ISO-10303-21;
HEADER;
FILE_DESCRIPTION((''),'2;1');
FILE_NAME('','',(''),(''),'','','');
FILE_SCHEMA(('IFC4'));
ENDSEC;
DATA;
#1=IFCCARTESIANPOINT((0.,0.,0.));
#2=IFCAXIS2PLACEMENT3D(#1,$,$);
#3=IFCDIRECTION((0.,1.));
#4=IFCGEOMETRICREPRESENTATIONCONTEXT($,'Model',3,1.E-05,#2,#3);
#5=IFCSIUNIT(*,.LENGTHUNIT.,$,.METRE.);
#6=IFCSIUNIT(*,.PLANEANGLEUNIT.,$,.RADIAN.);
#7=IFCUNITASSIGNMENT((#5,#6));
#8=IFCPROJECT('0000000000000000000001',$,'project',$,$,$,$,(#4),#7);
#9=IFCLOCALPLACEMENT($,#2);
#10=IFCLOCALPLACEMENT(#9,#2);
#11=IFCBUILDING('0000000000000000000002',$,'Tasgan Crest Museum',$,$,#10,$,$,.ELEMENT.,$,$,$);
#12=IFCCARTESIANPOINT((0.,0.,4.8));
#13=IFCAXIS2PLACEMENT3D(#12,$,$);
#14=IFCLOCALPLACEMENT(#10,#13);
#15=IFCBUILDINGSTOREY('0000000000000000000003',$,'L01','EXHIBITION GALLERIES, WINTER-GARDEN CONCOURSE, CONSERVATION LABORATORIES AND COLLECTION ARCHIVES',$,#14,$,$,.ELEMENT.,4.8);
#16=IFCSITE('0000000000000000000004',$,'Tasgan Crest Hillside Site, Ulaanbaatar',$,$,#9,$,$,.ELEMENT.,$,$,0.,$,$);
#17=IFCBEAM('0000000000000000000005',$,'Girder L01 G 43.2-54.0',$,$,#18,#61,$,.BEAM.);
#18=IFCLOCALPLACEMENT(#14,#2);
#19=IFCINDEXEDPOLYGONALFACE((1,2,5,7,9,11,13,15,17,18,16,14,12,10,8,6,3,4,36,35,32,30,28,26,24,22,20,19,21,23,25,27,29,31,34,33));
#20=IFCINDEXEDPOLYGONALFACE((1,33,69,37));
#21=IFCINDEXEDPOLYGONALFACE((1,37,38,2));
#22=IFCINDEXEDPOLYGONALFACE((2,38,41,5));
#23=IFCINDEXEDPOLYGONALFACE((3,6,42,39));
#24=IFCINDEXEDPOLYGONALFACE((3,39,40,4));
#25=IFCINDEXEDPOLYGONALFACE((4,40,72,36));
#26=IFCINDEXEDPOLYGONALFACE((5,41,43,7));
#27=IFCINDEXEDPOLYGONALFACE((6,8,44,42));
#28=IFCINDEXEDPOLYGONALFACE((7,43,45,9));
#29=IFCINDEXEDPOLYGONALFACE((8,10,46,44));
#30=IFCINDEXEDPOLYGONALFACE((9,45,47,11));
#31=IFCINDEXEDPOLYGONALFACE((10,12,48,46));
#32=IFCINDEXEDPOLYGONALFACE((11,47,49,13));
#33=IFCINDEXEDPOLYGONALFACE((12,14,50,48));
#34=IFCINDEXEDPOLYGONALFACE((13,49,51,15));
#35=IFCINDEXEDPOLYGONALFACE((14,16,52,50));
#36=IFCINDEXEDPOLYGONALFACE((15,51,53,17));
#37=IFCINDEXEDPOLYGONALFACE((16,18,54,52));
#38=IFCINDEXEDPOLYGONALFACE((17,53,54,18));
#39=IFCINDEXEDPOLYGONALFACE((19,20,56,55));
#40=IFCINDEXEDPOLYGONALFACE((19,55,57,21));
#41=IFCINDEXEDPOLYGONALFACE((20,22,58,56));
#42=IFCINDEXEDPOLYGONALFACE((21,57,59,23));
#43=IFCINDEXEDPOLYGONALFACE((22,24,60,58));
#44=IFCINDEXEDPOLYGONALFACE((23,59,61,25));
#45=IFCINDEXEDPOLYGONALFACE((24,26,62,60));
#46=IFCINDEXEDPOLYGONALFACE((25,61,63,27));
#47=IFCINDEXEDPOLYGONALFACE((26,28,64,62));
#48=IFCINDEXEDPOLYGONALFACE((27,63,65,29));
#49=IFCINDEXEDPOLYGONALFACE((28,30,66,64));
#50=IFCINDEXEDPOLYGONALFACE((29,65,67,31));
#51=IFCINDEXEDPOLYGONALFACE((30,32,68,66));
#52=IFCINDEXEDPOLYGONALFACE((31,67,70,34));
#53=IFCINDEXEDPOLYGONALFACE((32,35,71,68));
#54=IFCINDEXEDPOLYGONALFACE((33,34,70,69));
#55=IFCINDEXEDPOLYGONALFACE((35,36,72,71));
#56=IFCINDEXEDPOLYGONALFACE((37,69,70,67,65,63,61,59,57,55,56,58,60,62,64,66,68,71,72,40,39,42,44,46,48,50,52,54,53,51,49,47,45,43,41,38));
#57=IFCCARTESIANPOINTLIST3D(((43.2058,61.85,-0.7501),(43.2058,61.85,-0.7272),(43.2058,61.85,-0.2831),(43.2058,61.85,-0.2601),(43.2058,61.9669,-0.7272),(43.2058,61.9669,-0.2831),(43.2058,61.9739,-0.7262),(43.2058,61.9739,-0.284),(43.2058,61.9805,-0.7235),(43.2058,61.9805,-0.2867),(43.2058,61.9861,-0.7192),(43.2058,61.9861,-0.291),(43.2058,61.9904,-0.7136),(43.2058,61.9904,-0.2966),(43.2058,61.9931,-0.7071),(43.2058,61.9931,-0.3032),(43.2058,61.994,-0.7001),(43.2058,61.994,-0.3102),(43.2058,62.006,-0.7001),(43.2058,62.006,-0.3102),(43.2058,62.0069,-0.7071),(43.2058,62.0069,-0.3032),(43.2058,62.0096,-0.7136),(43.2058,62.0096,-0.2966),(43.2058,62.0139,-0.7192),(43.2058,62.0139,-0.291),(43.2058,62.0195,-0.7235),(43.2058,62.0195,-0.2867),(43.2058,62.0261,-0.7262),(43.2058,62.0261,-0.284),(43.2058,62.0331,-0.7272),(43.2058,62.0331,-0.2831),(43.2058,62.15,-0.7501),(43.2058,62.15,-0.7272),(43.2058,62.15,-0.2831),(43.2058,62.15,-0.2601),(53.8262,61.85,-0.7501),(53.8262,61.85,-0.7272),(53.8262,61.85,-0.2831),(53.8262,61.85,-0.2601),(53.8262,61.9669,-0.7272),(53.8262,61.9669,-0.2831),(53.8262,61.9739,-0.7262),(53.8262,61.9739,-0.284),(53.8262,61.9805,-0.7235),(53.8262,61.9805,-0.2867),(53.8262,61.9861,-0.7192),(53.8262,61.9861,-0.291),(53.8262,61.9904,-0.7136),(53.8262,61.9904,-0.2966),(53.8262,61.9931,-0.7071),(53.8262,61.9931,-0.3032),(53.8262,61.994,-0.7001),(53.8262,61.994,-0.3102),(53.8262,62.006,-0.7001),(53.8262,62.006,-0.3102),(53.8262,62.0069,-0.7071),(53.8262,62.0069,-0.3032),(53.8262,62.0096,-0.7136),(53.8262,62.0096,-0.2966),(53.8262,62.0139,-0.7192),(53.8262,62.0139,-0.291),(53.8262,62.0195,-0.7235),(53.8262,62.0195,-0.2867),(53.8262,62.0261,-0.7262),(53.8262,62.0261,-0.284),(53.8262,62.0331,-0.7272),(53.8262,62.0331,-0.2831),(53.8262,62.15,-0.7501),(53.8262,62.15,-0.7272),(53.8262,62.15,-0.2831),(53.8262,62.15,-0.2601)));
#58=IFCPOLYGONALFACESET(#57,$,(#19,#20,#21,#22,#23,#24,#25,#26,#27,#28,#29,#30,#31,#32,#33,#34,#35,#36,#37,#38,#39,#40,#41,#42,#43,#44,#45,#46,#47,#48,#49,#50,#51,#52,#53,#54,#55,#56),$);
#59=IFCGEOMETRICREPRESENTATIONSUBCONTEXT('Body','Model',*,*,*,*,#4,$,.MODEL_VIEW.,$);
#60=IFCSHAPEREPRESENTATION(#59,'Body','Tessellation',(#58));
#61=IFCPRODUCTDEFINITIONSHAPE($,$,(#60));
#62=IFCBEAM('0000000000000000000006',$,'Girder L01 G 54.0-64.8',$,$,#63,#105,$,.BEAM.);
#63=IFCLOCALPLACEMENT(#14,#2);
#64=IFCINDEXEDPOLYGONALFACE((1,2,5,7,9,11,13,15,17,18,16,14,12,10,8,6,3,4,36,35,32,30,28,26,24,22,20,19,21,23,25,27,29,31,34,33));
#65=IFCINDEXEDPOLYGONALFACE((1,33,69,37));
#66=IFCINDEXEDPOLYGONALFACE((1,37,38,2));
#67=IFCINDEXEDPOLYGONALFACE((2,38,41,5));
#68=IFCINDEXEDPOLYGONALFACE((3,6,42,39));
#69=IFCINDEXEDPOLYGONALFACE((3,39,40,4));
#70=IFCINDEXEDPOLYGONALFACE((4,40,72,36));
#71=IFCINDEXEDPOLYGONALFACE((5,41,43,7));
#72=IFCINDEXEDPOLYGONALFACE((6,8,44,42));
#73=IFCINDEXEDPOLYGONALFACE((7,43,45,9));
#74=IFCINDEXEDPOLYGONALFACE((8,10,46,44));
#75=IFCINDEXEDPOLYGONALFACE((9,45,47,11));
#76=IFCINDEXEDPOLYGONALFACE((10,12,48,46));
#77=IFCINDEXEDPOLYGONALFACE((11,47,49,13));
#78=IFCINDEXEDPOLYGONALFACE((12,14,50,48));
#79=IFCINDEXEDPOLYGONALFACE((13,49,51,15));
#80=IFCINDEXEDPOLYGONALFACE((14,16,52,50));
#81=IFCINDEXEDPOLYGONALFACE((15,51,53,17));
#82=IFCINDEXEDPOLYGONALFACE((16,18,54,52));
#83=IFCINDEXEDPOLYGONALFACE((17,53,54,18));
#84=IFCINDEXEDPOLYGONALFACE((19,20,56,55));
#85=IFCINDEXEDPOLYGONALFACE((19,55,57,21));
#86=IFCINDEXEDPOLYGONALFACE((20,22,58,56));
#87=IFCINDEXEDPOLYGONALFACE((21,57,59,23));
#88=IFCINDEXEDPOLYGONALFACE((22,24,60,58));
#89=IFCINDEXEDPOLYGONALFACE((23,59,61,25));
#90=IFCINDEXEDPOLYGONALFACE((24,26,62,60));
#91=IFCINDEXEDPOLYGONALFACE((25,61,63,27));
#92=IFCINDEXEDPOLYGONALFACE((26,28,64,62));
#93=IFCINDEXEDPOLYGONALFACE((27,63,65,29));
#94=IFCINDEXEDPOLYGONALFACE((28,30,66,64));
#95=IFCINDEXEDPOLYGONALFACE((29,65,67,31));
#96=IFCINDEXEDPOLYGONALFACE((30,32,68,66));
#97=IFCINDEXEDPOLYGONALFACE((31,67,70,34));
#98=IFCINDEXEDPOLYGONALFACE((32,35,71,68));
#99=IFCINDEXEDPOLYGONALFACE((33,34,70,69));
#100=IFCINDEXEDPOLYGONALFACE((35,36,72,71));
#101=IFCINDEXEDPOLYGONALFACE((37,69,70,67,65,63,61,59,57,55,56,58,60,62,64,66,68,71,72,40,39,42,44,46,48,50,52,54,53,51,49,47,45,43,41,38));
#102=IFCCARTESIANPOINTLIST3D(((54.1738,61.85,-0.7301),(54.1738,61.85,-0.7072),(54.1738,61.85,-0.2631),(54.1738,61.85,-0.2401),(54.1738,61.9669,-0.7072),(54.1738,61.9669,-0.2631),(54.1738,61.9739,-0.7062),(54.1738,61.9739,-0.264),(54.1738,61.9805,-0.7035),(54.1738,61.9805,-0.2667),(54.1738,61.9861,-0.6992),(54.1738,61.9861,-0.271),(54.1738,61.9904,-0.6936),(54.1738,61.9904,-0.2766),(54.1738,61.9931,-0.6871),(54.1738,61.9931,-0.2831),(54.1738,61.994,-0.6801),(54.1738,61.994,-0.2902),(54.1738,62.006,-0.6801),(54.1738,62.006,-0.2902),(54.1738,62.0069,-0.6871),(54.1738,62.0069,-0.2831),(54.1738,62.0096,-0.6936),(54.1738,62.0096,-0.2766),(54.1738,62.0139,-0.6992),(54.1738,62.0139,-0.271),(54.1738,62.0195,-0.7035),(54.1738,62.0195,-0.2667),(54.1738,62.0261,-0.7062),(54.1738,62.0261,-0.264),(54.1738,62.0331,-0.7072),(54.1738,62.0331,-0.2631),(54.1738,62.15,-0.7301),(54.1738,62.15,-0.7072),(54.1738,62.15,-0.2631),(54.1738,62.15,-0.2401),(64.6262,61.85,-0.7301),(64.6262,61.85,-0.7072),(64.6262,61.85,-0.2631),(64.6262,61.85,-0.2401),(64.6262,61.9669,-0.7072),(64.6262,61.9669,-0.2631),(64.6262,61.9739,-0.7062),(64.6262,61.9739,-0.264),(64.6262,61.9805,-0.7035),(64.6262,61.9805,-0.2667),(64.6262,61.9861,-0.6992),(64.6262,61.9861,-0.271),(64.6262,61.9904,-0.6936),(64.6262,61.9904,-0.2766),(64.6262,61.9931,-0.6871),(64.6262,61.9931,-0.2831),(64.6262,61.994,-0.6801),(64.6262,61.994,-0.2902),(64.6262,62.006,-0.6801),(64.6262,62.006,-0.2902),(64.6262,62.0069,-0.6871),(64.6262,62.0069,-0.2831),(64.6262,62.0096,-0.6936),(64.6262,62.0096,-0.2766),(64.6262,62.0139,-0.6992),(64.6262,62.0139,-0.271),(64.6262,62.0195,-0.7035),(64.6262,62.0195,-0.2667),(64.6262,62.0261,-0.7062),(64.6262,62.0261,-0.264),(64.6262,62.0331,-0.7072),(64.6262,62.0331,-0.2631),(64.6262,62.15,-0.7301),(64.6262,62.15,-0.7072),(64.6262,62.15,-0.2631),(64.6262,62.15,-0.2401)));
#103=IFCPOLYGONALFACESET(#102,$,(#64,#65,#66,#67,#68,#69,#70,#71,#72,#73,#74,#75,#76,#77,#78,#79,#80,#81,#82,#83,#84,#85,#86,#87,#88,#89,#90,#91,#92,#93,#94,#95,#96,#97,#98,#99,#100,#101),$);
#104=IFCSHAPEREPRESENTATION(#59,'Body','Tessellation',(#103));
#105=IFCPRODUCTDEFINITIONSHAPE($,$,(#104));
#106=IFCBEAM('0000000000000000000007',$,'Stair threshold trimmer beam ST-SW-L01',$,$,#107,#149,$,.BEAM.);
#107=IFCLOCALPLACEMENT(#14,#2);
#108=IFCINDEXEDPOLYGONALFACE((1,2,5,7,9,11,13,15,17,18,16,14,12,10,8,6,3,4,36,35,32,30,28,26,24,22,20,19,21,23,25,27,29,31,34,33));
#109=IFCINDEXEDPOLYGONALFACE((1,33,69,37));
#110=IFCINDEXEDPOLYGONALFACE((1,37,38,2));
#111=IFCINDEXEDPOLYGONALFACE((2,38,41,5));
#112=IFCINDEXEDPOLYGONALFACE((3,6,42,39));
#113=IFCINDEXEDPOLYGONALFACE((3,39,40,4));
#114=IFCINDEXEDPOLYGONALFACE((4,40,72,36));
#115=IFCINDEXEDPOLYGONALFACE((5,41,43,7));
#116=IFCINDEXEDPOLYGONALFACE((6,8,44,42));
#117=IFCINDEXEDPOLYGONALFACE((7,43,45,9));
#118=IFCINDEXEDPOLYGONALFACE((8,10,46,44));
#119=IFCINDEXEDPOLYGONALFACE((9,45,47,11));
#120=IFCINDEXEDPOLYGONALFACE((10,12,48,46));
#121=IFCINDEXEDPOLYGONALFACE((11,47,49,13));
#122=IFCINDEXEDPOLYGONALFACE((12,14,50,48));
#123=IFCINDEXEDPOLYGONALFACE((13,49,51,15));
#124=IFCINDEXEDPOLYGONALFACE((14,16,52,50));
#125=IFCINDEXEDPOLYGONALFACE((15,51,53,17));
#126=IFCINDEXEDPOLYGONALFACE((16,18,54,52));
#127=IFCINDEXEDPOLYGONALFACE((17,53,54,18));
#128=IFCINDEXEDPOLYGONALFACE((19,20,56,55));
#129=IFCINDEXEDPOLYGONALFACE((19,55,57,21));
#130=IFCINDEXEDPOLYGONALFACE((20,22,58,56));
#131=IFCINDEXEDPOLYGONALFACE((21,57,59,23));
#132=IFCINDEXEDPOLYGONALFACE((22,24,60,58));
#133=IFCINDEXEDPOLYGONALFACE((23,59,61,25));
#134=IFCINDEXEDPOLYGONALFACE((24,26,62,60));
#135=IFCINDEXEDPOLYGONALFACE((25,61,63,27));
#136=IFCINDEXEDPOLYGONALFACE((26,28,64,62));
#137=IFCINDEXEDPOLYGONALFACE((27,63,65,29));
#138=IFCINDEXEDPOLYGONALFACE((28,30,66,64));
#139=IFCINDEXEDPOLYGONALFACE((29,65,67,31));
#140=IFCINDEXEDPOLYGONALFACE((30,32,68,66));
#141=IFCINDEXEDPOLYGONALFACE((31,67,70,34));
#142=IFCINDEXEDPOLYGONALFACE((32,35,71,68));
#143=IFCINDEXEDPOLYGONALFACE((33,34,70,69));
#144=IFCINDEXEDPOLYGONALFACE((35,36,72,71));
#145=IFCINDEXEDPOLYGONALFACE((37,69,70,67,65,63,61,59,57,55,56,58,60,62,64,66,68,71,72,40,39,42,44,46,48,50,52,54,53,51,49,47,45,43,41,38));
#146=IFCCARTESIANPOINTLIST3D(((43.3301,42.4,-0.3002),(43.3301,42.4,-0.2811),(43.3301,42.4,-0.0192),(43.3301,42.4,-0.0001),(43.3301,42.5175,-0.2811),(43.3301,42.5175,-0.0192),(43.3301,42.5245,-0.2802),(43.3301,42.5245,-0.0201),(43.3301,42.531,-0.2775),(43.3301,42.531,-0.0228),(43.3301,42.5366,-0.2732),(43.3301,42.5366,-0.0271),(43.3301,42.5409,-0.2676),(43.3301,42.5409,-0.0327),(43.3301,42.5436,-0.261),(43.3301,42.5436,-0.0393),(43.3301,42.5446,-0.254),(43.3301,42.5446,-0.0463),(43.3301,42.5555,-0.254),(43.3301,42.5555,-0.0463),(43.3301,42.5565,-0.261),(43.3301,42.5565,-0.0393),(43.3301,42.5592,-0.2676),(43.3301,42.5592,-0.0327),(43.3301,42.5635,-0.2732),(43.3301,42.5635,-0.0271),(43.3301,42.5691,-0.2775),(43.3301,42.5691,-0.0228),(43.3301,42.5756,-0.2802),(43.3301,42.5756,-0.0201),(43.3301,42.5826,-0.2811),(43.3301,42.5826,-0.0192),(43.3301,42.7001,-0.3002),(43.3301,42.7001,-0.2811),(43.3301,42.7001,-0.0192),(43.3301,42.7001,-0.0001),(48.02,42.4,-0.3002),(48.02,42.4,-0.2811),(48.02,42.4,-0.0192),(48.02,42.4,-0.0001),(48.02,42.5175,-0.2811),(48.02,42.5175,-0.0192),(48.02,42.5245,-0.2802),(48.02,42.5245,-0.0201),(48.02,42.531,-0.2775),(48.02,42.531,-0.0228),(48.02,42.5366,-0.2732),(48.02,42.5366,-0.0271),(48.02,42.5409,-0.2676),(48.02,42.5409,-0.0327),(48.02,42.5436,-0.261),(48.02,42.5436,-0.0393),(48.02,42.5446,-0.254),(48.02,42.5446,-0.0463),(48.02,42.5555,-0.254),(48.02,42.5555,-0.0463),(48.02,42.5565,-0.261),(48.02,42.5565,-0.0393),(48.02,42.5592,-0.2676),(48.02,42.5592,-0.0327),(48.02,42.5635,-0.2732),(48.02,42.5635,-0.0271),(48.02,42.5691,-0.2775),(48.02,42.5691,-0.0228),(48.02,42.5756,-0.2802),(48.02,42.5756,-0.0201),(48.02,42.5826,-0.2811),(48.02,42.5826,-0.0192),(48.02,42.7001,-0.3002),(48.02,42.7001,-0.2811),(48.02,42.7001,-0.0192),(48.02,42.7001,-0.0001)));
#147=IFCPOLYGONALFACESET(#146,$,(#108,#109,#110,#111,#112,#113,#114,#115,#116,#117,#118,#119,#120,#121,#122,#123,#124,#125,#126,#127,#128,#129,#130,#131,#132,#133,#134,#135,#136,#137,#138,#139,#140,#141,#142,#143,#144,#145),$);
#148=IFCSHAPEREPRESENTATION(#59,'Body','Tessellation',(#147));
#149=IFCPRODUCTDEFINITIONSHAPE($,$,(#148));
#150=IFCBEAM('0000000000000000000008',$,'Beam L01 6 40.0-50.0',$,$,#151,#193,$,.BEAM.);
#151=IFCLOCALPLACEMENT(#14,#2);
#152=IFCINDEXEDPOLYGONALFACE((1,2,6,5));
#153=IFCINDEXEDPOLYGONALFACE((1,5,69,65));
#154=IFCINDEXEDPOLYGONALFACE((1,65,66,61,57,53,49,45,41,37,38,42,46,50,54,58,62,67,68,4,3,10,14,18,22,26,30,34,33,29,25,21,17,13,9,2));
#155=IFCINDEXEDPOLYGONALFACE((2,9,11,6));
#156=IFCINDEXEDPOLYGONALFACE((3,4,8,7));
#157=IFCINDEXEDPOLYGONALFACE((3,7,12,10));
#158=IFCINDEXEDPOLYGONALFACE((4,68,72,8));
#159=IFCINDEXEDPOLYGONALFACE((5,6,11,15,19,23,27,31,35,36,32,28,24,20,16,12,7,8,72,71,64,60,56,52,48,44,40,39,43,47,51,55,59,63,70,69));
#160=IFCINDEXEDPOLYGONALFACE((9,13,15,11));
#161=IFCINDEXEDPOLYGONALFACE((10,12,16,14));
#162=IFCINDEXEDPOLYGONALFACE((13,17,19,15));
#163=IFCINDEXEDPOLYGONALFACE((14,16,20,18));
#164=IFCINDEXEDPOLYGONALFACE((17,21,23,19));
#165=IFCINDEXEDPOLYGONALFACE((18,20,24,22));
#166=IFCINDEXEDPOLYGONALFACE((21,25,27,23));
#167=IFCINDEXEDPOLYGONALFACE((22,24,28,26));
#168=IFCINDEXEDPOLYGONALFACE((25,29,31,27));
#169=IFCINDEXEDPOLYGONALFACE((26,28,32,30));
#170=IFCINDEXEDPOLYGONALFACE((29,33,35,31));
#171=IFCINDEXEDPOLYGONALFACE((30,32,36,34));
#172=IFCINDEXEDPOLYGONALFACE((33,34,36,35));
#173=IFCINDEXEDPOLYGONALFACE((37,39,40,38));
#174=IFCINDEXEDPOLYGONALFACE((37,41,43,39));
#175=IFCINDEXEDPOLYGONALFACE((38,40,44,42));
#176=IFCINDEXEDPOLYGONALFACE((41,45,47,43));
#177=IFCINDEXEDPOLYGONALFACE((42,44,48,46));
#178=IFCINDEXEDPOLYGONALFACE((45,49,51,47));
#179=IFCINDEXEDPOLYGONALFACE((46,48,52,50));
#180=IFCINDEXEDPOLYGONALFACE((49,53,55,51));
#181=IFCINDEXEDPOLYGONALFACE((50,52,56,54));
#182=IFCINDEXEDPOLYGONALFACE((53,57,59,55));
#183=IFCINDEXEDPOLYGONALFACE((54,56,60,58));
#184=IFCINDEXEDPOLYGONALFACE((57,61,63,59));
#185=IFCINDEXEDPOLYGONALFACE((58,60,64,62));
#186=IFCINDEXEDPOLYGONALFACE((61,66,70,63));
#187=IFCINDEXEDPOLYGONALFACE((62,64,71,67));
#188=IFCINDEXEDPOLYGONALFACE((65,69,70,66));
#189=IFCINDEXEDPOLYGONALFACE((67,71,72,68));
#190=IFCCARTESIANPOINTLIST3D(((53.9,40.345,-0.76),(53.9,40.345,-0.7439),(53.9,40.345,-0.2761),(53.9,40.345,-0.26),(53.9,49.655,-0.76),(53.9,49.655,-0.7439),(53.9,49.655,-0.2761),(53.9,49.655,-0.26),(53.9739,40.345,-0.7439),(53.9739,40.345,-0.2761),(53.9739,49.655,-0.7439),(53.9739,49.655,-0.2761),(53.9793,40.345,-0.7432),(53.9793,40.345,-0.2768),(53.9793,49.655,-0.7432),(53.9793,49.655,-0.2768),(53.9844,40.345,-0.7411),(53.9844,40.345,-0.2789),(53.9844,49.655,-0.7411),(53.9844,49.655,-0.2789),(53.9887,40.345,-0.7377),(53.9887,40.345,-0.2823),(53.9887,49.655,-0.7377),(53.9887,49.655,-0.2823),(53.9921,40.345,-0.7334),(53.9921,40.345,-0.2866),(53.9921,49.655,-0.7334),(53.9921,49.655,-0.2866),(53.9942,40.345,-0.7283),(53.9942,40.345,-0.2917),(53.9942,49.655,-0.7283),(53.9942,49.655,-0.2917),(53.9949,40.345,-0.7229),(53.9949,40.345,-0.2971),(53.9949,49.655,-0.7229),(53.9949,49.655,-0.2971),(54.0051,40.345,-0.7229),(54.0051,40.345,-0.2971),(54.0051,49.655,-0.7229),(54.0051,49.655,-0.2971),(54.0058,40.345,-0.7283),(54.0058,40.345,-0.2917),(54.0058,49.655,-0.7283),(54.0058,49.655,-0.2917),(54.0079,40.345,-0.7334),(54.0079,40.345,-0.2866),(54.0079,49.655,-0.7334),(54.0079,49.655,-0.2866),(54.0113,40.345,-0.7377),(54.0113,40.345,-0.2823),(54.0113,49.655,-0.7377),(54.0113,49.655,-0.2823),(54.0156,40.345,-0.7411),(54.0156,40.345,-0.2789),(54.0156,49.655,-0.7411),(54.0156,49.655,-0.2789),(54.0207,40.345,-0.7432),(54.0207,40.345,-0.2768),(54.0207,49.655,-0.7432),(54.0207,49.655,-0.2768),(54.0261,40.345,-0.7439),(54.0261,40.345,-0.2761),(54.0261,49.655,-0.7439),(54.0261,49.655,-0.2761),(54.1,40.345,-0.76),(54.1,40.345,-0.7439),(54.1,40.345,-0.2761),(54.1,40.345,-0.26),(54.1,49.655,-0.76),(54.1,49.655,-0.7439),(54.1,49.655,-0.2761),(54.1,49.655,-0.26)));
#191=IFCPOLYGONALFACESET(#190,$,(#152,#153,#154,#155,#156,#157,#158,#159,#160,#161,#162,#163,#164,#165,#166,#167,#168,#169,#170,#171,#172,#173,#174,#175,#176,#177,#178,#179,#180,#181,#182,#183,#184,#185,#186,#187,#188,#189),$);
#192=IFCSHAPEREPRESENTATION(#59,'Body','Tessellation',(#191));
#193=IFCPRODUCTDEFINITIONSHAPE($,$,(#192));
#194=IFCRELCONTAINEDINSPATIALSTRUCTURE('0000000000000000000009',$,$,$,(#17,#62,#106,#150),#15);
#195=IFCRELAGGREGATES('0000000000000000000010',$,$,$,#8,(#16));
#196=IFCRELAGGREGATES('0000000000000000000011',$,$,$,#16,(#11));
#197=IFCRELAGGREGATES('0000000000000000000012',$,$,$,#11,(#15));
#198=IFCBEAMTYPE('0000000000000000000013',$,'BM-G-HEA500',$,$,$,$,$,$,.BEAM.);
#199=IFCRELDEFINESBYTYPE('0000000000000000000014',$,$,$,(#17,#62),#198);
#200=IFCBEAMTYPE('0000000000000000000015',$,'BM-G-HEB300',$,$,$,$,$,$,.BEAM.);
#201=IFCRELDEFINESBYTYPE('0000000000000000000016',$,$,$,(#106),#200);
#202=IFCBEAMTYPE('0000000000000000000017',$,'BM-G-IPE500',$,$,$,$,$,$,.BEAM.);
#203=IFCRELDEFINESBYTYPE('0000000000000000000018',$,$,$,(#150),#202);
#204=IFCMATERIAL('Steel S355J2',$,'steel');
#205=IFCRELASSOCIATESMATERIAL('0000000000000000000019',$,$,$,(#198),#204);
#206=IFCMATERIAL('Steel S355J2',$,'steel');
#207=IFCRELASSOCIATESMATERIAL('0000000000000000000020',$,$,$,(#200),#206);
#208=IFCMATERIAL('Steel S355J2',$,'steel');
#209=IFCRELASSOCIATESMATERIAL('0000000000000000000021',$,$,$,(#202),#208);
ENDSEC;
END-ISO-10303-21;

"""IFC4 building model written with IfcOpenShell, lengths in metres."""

from ifc_helpers import new_model, si_unit, direction, frame, origin, origin_2d, place, context, subcontext, project, spatial, i_section, extrude, material, material_profile, profile_set, type_object, element, save


model = new_model("IFC4")

# Units and contexts
model_context = context("Model", 3, precision=1e-05, world=origin(), true_north=direction((0.0, 1.0)))
body_context = subcontext(model_context, "Body", "Model", "MODEL_VIEW")
ifc_project = project(units=[si_unit("LENGTHUNIT", "METRE"), si_unit("PLANEANGLEUNIT", "RADIAN")], contexts=[model_context])

# Site, building, storey
site_placement = place(None, origin())
site = spatial("IfcSite", under=ifc_project, at=site_placement, Name="Tasgan Crest Hillside Site, Ulaanbaatar", CompositionType="ELEMENT", RefElevation=0.0)
building_placement = place(site_placement, origin())
building = spatial("IfcBuilding", under=site, at=building_placement, Name="Tasgan Crest Museum", CompositionType="ELEMENT")
storey_placement = place(building_placement, frame((0.0, 0.0, 4.8)))
storey = spatial("IfcBuildingStorey", under=building, at=storey_placement, Name="L01", Description="EXHIBITION GALLERIES, WINTER-GARDEN CONCOURSE, CONSERVATION LABORATORIES AND COLLECTION ARCHIVES", CompositionType="ELEMENT", Elevation=4.8)

# Beams
ifc_material_1 = material(Name="Steel S355J2", Category="steel")
ifc_material_profile_1 = material_profile(ifc_material_1, i_section(OverallWidth=0.3, OverallDepth=0.49, WebThickness=0.012, FlangeThickness=0.0229, FilletRadius=0.0271, at=origin_2d()), Name="HEA 500")
ifc_profile_set_1 = profile_set([ifc_material_profile_1], Name="Steel S355J2")
beam_type_1 = type_object("IfcBeamType", Name="BM-G-HEA500", PredefinedType="BEAM", material=ifc_profile_set_1)
beam_1_placement = place(storey_placement, frame((43.2058, 62.0, -0.5051), z_axis=(1.0, 0.0, 0.0), x_axis=(0.0, 1.0, 0.0)))
element("IfcBeam", 1, at=beam_1_placement, inside=storey, type_object=beam_type_1, Name="Girder L01 G 43.2-54.0", PredefinedType="BEAM", context=body_context, shape_type="SweptSolid", body=[
    extrude(i_section(OverallWidth=0.3, OverallDepth=0.49, WebThickness=0.012, FlangeThickness=0.0229, FilletRadius=0.0271, at=origin_2d()), origin(), (0.0, 0.0, 1.0), 10.6204),
])
beam_2_placement = place(storey_placement, frame((54.1738, 62.0, -0.4851), z_axis=(1.0, 0.0, 0.0), x_axis=(0.0, 1.0, 0.0)))
element("IfcBeam", 2, at=beam_2_placement, inside=storey, type_object=beam_type_1, Name="Girder L01 G 54.0-64.8", PredefinedType="BEAM", context=body_context, shape_type="SweptSolid", body=[
    extrude(i_section(OverallWidth=0.3, OverallDepth=0.49, WebThickness=0.012, FlangeThickness=0.0229, FilletRadius=0.0271, at=origin_2d()), origin(), (0.0, 0.0, 1.0), 10.4524),
])
ifc_material_2 = material(Name="Steel S355J2", Category="steel")
ifc_material_profile_2 = material_profile(ifc_material_2, i_section(OverallWidth=0.3, OverallDepth=0.3, WebThickness=0.011, FlangeThickness=0.019, FilletRadius=0.0271, at=origin_2d()), Name="HEB 300")
ifc_profile_set_2 = profile_set([ifc_material_profile_2], Name="Steel S355J2")
beam_type_2 = type_object("IfcBeamType", Name="BM-G-HEB300", PredefinedType="BEAM", material=ifc_profile_set_2)
beam_3_placement = place(storey_placement, frame((43.3301, 42.55, -0.1501), z_axis=(1.0, 0.0, 0.0), x_axis=(0.0, 1.0, 0.0)))
element("IfcBeam", 3, at=beam_3_placement, inside=storey, type_object=beam_type_2, Name="Stair threshold trimmer beam ST-SW-L01", PredefinedType="BEAM", context=body_context, shape_type="SweptSolid", body=[
    extrude(i_section(OverallWidth=0.3, OverallDepth=0.3, WebThickness=0.011, FlangeThickness=0.019, FilletRadius=0.0271, at=origin_2d()), origin(), (0.0, 0.0, 1.0), 4.6899),
])
ifc_material_3 = material(Name="Steel S355J2", Category="steel")
ifc_material_profile_3 = material_profile(ifc_material_3, i_section(OverallWidth=0.2, OverallDepth=0.5, WebThickness=0.0103, FlangeThickness=0.0161, FilletRadius=0.021, at=origin_2d()), Name="IPE 500")
ifc_profile_set_3 = profile_set([ifc_material_profile_3], Name="Steel S355J2")
beam_type_3 = type_object("IfcBeamType", Name="BM-G-IPE500", PredefinedType="BEAM", material=ifc_profile_set_3)
beam_4_placement = place(storey_placement, frame((54.0, 40.345, -0.51), z_axis=(0.0, 1.0, 0.0), x_axis=(-1.0, 0.0, 0.0)))
element("IfcBeam", 4, at=beam_4_placement, inside=storey, type_object=beam_type_3, Name="Beam L01 6 40.0-50.0", PredefinedType="BEAM", context=body_context, shape_type="SweptSolid", body=[
    extrude(i_section(OverallWidth=0.2, OverallDepth=0.5, WebThickness=0.0103, FlangeThickness=0.0161, FilletRadius=0.021, at=origin_2d()), origin(), (0.0, 0.0, 1.0), 9.3101),
])

save(model, "model.ifc")
